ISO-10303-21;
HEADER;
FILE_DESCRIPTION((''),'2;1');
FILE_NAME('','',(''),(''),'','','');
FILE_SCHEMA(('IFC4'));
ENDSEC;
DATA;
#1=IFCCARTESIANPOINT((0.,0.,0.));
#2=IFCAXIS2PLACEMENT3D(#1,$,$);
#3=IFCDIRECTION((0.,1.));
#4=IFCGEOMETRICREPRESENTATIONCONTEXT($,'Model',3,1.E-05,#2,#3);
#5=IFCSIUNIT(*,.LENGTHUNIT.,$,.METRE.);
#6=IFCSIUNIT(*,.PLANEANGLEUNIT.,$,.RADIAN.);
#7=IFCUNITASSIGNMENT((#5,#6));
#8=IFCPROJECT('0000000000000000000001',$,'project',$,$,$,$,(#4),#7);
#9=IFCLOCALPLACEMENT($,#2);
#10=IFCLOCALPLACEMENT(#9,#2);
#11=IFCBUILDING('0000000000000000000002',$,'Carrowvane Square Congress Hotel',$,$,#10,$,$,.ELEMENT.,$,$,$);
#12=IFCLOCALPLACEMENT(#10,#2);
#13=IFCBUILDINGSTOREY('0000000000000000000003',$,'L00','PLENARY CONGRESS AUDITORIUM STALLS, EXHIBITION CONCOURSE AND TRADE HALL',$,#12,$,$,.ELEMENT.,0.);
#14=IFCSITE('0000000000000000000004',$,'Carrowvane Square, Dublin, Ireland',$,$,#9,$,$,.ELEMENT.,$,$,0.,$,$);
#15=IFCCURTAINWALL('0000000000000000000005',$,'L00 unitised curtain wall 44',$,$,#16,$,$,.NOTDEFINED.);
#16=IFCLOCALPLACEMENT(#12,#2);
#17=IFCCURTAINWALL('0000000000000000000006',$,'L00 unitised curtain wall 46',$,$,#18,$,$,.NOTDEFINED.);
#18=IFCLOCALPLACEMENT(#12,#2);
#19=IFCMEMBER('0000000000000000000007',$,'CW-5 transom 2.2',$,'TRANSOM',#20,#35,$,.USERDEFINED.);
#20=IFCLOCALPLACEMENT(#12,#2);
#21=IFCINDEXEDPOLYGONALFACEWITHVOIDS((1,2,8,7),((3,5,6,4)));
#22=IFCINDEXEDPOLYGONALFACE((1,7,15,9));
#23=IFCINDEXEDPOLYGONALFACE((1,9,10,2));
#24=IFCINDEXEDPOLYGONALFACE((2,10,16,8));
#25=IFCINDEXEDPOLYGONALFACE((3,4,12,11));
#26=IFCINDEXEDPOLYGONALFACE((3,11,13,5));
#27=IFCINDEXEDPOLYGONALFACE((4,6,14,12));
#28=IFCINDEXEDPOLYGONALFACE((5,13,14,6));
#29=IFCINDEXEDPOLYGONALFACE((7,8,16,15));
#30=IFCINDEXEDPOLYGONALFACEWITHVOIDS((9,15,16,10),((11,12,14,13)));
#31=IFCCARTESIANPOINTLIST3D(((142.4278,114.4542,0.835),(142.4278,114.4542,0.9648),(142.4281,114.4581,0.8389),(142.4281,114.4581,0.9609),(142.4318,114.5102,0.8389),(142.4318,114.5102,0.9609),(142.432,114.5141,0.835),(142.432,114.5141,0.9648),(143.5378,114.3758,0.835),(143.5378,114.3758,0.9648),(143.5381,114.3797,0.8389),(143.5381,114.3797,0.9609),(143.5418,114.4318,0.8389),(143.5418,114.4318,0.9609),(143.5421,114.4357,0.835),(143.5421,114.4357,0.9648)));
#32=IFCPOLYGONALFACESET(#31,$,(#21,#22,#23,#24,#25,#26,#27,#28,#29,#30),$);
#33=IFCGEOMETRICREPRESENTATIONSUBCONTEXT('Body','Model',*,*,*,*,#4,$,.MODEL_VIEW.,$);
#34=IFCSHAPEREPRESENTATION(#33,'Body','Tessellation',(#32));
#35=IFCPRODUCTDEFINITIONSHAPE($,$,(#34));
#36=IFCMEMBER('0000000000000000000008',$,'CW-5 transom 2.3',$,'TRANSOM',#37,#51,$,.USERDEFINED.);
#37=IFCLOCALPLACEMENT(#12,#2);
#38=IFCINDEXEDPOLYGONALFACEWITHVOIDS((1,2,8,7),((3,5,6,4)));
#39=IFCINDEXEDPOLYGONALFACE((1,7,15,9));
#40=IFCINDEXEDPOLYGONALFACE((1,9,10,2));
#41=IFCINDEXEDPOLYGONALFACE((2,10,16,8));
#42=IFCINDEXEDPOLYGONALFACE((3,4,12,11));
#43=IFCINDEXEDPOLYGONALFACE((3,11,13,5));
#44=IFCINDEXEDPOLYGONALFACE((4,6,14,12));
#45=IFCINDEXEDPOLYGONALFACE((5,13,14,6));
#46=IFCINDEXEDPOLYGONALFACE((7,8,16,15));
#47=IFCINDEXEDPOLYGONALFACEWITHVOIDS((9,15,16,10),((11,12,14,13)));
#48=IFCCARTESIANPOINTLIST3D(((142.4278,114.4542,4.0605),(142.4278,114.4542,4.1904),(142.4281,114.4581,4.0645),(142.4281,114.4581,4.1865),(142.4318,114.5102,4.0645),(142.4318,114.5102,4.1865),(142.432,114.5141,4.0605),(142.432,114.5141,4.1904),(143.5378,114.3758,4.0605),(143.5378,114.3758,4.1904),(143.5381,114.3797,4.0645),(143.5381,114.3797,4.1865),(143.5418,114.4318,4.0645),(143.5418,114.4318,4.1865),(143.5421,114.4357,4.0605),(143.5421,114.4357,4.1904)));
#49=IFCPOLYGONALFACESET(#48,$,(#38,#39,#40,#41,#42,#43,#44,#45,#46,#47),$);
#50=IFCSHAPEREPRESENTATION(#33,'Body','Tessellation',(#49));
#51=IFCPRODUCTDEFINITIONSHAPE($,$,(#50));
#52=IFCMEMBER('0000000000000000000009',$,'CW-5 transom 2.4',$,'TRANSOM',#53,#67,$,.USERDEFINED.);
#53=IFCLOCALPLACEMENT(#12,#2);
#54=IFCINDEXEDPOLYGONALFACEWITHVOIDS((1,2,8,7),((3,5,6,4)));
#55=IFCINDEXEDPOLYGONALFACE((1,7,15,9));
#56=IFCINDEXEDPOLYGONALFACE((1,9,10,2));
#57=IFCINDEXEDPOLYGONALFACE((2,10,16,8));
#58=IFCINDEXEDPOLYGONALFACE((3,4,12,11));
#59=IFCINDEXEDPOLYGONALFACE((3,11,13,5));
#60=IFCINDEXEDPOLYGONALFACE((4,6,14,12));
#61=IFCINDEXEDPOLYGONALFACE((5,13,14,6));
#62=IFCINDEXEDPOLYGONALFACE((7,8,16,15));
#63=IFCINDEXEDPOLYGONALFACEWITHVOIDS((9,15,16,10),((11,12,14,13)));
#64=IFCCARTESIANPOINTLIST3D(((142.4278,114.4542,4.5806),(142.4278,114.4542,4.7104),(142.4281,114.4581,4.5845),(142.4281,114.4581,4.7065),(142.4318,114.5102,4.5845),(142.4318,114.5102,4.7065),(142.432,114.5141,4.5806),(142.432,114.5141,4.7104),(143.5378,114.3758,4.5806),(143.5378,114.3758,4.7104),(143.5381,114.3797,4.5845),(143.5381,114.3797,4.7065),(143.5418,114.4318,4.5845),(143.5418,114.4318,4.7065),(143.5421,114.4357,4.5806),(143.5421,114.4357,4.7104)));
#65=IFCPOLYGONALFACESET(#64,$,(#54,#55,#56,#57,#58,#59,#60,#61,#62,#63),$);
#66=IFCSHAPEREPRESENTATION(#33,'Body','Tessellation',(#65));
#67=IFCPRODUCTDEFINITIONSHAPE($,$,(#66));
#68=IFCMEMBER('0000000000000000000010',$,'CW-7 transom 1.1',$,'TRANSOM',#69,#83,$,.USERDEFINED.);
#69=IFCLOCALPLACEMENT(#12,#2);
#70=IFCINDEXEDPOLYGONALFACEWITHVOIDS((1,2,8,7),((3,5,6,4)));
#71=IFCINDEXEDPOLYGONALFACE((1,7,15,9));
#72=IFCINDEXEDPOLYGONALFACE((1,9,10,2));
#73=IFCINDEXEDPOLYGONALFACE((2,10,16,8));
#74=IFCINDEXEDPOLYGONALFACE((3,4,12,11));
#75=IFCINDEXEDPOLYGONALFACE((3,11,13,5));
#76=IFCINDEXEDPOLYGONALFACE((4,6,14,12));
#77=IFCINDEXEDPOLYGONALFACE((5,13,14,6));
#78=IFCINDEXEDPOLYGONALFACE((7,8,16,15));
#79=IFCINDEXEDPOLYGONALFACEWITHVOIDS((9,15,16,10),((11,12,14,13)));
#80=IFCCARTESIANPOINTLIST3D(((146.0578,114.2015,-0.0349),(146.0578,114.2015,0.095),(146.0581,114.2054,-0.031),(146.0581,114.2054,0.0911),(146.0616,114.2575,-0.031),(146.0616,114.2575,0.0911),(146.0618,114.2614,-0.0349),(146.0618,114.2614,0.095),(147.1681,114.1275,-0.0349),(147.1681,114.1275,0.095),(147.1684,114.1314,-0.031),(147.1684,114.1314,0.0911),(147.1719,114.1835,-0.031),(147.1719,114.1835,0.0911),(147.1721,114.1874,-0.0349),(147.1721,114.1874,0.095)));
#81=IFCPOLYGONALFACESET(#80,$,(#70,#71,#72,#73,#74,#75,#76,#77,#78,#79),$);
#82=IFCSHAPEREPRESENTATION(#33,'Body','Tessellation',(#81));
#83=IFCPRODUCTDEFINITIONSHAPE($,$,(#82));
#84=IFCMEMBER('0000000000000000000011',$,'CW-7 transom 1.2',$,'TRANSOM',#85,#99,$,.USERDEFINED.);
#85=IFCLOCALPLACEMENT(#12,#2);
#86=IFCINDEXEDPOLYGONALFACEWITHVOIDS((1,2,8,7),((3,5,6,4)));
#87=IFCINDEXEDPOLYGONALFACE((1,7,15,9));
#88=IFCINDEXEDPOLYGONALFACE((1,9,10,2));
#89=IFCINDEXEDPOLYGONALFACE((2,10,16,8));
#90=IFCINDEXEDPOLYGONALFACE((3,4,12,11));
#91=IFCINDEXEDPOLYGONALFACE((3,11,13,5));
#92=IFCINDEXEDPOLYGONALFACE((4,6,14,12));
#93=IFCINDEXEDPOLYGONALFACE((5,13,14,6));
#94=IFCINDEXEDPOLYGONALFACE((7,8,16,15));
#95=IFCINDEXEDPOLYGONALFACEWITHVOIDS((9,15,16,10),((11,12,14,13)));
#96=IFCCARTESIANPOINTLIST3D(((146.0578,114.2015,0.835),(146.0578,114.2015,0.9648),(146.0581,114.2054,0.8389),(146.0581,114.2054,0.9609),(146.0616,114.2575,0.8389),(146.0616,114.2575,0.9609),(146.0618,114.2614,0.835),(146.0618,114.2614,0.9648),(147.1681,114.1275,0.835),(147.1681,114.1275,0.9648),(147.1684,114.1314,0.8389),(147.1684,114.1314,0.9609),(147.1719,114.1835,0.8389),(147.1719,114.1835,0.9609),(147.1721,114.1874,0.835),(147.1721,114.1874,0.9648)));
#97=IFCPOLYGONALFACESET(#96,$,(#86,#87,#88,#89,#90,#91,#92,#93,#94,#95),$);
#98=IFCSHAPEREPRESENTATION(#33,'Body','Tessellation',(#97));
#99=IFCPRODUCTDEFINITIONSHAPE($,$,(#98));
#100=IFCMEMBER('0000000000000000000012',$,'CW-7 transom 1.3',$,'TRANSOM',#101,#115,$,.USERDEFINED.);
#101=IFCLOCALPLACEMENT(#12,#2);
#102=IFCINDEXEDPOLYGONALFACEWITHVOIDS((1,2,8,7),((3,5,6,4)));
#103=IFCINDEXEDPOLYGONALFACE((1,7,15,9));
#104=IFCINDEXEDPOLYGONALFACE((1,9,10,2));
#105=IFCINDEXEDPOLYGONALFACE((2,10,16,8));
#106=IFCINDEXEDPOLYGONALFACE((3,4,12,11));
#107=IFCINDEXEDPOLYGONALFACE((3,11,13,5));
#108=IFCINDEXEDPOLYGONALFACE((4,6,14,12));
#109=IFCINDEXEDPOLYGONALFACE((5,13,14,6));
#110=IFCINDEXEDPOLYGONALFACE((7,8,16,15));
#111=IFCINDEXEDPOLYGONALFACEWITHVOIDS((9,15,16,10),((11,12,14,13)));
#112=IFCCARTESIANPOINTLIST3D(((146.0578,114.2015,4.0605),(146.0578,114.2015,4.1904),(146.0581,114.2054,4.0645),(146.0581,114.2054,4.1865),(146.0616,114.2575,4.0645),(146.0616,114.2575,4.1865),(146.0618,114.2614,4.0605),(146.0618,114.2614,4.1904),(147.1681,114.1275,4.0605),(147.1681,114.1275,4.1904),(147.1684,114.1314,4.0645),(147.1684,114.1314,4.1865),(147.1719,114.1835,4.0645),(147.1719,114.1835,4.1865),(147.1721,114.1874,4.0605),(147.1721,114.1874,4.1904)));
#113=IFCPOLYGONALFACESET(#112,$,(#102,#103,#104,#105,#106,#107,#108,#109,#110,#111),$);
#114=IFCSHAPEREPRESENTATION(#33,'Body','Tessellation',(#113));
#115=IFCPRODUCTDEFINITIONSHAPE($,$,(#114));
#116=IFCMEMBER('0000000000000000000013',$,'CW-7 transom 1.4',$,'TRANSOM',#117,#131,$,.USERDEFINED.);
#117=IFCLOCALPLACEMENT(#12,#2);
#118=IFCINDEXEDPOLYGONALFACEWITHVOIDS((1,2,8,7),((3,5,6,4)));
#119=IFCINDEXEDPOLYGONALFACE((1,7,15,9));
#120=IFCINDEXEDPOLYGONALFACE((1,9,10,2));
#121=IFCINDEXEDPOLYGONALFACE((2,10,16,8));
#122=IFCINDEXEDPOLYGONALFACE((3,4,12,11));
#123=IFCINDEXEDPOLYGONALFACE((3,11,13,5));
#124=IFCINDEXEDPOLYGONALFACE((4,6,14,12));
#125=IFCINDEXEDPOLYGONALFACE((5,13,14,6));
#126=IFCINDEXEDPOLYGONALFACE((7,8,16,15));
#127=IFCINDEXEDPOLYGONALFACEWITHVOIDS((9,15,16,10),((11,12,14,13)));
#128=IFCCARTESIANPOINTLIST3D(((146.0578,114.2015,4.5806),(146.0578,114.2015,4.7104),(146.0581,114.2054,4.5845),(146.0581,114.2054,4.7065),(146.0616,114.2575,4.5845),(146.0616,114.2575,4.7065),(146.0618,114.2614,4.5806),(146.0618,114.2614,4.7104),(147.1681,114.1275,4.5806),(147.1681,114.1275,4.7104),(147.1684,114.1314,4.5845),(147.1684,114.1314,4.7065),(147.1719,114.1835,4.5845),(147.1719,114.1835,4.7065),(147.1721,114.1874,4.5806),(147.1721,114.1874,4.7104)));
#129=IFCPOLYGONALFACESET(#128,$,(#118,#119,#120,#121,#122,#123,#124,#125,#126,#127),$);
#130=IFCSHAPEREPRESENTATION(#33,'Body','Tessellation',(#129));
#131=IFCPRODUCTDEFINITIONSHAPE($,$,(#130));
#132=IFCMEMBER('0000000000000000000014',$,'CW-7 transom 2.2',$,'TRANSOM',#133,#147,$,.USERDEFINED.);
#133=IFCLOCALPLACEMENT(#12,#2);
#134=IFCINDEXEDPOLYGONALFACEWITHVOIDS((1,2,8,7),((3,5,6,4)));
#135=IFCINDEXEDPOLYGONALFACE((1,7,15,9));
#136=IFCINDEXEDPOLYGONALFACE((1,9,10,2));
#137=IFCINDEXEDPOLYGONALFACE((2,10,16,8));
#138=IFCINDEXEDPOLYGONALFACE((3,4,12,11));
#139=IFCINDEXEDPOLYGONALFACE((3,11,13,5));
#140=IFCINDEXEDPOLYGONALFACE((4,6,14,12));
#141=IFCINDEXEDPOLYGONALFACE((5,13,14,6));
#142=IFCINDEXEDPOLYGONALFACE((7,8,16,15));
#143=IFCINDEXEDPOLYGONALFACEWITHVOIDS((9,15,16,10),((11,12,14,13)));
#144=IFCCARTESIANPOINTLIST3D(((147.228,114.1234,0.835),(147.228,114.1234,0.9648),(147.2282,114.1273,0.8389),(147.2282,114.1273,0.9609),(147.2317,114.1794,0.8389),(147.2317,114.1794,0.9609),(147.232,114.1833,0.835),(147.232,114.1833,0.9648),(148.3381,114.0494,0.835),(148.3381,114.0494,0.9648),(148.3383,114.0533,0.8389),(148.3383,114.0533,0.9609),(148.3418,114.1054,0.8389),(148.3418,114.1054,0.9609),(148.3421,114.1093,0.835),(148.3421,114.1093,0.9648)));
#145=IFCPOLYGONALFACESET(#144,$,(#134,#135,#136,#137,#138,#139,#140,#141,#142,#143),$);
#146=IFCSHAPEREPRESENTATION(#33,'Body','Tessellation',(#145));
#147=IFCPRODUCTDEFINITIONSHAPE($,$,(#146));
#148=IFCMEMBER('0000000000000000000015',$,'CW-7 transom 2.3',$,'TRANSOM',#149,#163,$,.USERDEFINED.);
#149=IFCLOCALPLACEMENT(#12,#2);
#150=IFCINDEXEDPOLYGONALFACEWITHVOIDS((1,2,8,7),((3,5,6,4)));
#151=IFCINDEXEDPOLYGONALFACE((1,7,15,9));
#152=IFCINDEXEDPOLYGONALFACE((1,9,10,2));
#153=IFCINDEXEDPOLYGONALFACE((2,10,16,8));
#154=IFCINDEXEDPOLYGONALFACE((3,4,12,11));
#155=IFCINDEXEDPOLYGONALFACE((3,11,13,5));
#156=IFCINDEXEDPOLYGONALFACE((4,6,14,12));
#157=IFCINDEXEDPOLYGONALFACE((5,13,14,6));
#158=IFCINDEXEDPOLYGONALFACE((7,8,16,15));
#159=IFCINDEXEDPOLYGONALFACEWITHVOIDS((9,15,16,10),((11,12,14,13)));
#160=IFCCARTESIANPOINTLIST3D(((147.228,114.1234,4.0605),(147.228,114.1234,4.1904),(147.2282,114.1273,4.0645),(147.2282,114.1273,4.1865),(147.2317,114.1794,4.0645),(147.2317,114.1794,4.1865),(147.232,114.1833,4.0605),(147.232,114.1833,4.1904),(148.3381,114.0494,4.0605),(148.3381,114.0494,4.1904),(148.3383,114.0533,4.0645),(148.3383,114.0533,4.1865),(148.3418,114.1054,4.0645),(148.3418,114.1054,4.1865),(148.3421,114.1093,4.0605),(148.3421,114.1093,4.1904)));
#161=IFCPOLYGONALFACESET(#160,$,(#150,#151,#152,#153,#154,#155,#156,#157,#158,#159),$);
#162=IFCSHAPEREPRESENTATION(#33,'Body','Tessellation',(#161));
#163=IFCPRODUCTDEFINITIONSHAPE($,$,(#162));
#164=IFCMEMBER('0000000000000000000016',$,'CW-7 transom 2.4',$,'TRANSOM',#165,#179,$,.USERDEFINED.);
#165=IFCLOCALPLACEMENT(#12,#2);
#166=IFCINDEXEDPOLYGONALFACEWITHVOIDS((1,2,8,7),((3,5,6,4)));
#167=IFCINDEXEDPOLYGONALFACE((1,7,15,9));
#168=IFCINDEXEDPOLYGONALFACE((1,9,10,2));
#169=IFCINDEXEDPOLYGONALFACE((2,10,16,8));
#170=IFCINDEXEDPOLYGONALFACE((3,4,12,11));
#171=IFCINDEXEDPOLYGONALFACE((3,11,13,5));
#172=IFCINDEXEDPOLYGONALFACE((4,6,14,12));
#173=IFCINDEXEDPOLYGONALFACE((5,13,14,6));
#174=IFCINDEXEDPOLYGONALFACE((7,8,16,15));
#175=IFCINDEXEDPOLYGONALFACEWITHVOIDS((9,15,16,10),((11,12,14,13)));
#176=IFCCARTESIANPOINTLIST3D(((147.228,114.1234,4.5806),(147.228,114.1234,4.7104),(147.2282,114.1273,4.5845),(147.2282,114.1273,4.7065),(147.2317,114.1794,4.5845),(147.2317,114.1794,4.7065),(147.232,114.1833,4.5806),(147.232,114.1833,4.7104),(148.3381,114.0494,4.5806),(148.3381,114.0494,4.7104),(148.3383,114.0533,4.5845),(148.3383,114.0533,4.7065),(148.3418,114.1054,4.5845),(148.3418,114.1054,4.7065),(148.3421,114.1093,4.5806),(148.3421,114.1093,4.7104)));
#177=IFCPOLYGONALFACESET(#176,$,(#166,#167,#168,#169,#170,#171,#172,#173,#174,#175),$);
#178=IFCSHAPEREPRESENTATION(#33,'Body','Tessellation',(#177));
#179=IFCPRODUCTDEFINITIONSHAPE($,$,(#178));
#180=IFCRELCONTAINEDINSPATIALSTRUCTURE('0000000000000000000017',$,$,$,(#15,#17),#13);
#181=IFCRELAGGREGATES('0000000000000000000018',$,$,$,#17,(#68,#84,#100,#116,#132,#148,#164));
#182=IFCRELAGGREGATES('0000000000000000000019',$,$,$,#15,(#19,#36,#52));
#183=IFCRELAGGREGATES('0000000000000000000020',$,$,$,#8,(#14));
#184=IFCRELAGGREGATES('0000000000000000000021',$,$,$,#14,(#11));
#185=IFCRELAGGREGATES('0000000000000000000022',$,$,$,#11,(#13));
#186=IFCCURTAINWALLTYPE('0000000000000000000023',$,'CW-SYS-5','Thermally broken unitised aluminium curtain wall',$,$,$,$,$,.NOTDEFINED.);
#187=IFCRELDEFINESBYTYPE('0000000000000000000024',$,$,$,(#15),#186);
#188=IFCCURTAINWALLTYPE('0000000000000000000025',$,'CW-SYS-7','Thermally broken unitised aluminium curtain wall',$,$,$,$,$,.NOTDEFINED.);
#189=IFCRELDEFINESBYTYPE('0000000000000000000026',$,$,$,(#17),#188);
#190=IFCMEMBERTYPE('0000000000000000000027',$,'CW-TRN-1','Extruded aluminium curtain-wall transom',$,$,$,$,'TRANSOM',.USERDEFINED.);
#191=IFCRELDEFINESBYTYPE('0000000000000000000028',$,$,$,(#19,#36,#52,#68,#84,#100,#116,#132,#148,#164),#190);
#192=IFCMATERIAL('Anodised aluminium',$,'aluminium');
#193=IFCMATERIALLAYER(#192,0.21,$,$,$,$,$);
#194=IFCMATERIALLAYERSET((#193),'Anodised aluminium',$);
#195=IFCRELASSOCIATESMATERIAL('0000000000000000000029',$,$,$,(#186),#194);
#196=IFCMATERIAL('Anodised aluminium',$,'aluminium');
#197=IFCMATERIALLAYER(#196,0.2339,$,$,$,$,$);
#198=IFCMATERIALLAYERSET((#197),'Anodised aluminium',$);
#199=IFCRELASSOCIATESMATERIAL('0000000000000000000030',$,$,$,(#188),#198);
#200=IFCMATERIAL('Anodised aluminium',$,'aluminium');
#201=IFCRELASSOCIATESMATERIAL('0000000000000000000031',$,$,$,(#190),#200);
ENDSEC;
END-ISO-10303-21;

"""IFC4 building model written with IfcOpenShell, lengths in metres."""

from ifc_helpers import new_model, si_unit, direction, frame, origin, origin_2d, place, context, subcontext, project, spatial, hollow_rectangle, extrude, material, layer, layer_set, material_profile, profile_set, type_object, element, aggregate, save


model = new_model("IFC4")

# Units and contexts
model_context = context("Model", 3, precision=1e-05, world=origin(), true_north=direction((0.0, 1.0)))
body_context = subcontext(model_context, "Body", "Model", "MODEL_VIEW")
ifc_project = project(units=[si_unit("LENGTHUNIT", "METRE"), si_unit("PLANEANGLEUNIT", "RADIAN")], contexts=[model_context])

# Site, building, storey
site_placement = place(None, origin())
site = spatial("IfcSite", under=ifc_project, at=site_placement, Name="Carrowvane Square, Dublin, Ireland", CompositionType="ELEMENT", RefElevation=0.0)
building_placement = place(site_placement, origin())
building = spatial("IfcBuilding", under=site, at=building_placement, Name="Carrowvane Square Congress Hotel", CompositionType="ELEMENT")
storey_placement = place(building_placement, origin())
storey = spatial("IfcBuildingStorey", under=building, at=storey_placement, Name="L00", Description="PLENARY CONGRESS AUDITORIUM STALLS, EXHIBITION CONCOURSE AND TRADE HALL", CompositionType="ELEMENT", Elevation=0.0)

# Curtain walls
ifc_material_1 = material(Name="Anodised aluminium", Category="aluminium")
ifc_layer_1 = layer(ifc_material_1, 0.21)
ifc_layer_set_1 = layer_set([ifc_layer_1], Name="Anodised aluminium")
curtain_wall_type_1 = type_object("IfcCurtainWallType", Name="CW-SYS-5", Description="Thermally broken unitised aluminium curtain wall", PredefinedType="NOTDEFINED", material=ifc_layer_set_1)
curtain_wall_1_placement = place(storey_placement, origin())
curtain_wall_1 = element("IfcCurtainWall", 1, at=curtain_wall_1_placement, inside=storey, type_object=curtain_wall_type_1, Name="L00 unitised curtain wall 44", PredefinedType="NOTDEFINED")
ifc_material_2 = material(Name="Anodised aluminium", Category="aluminium")
ifc_layer_2 = layer(ifc_material_2, 0.2339)
ifc_layer_set_2 = layer_set([ifc_layer_2], Name="Anodised aluminium")
curtain_wall_type_2 = type_object("IfcCurtainWallType", Name="CW-SYS-7", Description="Thermally broken unitised aluminium curtain wall", PredefinedType="NOTDEFINED", material=ifc_layer_set_2)
curtain_wall_2_placement = place(storey_placement, origin())
curtain_wall_2 = element("IfcCurtainWall", 2, at=curtain_wall_2_placement, inside=storey, type_object=curtain_wall_type_2, Name="L00 unitised curtain wall 46", PredefinedType="NOTDEFINED")

# Members
ifc_material_3 = material(Name="Anodised aluminium", Category="aluminium")
ifc_material_profile_1 = material_profile(ifc_material_3, hollow_rectangle(XDim=0.0601, YDim=0.1299, WallThickness=0.0039, at=origin_2d()), Name="CW-TR 60x130x4")
ifc_profile_set_1 = profile_set([ifc_material_profile_1], Name="Anodised aluminium")
member_type_1 = type_object("IfcMemberType", Name="CW-TRN-1", Description="Extruded aluminium curtain-wall transom", ElementType="TRANSOM", PredefinedType="USERDEFINED", material=ifc_profile_set_1)
member_1_placement = place(storey_placement, frame((142.4299, 114.4841, 0.8999), z_axis=(0.997517, -0.070421, 0.0), x_axis=(0.070421, 0.997517, 0.0)))
member_1 = element("IfcMember", 3, at=member_1_placement, type_object=member_type_1, Name="CW-5 transom 2.2", ObjectType="TRANSOM", PredefinedType="USERDEFINED", context=body_context, shape_type="SweptSolid", body=[
    extrude(hollow_rectangle(XDim=0.0601, YDim=0.1299, WallThickness=0.0039, at=origin_2d()), origin(), (0.0, 0.0, 1.0), 1.1128),
])
member_2_placement = place(storey_placement, frame((142.4299, 114.4841, 4.1255), z_axis=(0.997517, -0.070421, 0.0), x_axis=(0.070421, 0.997517, 0.0)))
member_2 = element("IfcMember", 4, at=member_2_placement, type_object=member_type_1, Name="CW-5 transom 2.3", ObjectType="TRANSOM", PredefinedType="USERDEFINED", context=body_context, shape_type="SweptSolid", body=[
    extrude(hollow_rectangle(XDim=0.0601, YDim=0.1299, WallThickness=0.0039, at=origin_2d()), origin(), (0.0, 0.0, 1.0), 1.1128),
])
member_3_placement = place(storey_placement, frame((142.4299, 114.4841, 4.6455), z_axis=(0.997517, -0.070421, 0.0), x_axis=(0.070421, 0.997517, 0.0)))
member_3 = element("IfcMember", 5, at=member_3_placement, type_object=member_type_1, Name="CW-5 transom 2.4", ObjectType="TRANSOM", PredefinedType="USERDEFINED", context=body_context, shape_type="SweptSolid", body=[
    extrude(hollow_rectangle(XDim=0.0601, YDim=0.1299, WallThickness=0.0039, at=origin_2d()), origin(), (0.0, 0.0, 1.0), 1.1128),
])
member_4_placement = place(storey_placement, frame((146.0598, 114.2314, 0.03), z_axis=(0.997788, -0.066475, 0.0), x_axis=(0.066475, 0.997788, 0.0)))
member_4 = element("IfcMember", 6, at=member_4_placement, type_object=member_type_1, Name="CW-7 transom 1.1", ObjectType="TRANSOM", PredefinedType="USERDEFINED", context=body_context, shape_type="SweptSolid", body=[
    extrude(hollow_rectangle(XDim=0.0601, YDim=0.1299, WallThickness=0.0039, at=origin_2d()), origin(), (0.0, 0.0, 1.0), 1.1128),
])
member_5_placement = place(storey_placement, frame((146.0598, 114.2314, 0.8999), z_axis=(0.997788, -0.066475, 0.0), x_axis=(0.066475, 0.997788, 0.0)))
member_5 = element("IfcMember", 7, at=member_5_placement, type_object=member_type_1, Name="CW-7 transom 1.2", ObjectType="TRANSOM", PredefinedType="USERDEFINED", context=body_context, shape_type="SweptSolid", body=[
    extrude(hollow_rectangle(XDim=0.0601, YDim=0.1299, WallThickness=0.0039, at=origin_2d()), origin(), (0.0, 0.0, 1.0), 1.1128),
])
member_6_placement = place(storey_placement, frame((146.0598, 114.2314, 4.1255), z_axis=(0.997788, -0.066475, 0.0), x_axis=(0.066475, 0.997788, 0.0)))
member_6 = element("IfcMember", 8, at=member_6_placement, type_object=member_type_1, Name="CW-7 transom 1.3", ObjectType="TRANSOM", PredefinedType="USERDEFINED", context=body_context, shape_type="SweptSolid", body=[
    extrude(hollow_rectangle(XDim=0.0601, YDim=0.1299, WallThickness=0.0039, at=origin_2d()), origin(), (0.0, 0.0, 1.0), 1.1128),
])
member_7_placement = place(storey_placement, frame((146.0598, 114.2314, 4.6455), z_axis=(0.997788, -0.066475, 0.0), x_axis=(0.066475, 0.997788, 0.0)))
member_7 = element("IfcMember", 9, at=member_7_placement, type_object=member_type_1, Name="CW-7 transom 1.4", ObjectType="TRANSOM", PredefinedType="USERDEFINED", context=body_context, shape_type="SweptSolid", body=[
    extrude(hollow_rectangle(XDim=0.0601, YDim=0.1299, WallThickness=0.0039, at=origin_2d()), origin(), (0.0, 0.0, 1.0), 1.1128),
])
member_8_placement = place(storey_placement, frame((147.23, 114.1533, 0.8999), z_axis=(0.997787, -0.06649, 0.0), x_axis=(0.06649, 0.997787, 0.0)))
member_8 = element("IfcMember", 10, at=member_8_placement, type_object=member_type_1, Name="CW-7 transom 2.2", ObjectType="TRANSOM", PredefinedType="USERDEFINED", context=body_context, shape_type="SweptSolid", body=[
    extrude(hollow_rectangle(XDim=0.0601, YDim=0.1299, WallThickness=0.0039, at=origin_2d()), origin(), (0.0, 0.0, 1.0), 1.1125),
])
member_9_placement = place(storey_placement, frame((147.23, 114.1533, 4.1255), z_axis=(0.997787, -0.06649, 0.0), x_axis=(0.06649, 0.997787, 0.0)))
member_9 = element("IfcMember", 11, at=member_9_placement, type_object=member_type_1, Name="CW-7 transom 2.3", ObjectType="TRANSOM", PredefinedType="USERDEFINED", context=body_context, shape_type="SweptSolid", body=[
    extrude(hollow_rectangle(XDim=0.0601, YDim=0.1299, WallThickness=0.0039, at=origin_2d()), origin(), (0.0, 0.0, 1.0), 1.1125),
])
member_10_placement = place(storey_placement, frame((147.23, 114.1533, 4.6455), z_axis=(0.997787, -0.06649, 0.0), x_axis=(0.06649, 0.997787, 0.0)))
member_10 = element("IfcMember", 12, at=member_10_placement, type_object=member_type_1, Name="CW-7 transom 2.4", ObjectType="TRANSOM", PredefinedType="USERDEFINED", context=body_context, shape_type="SweptSolid", body=[
    extrude(hollow_rectangle(XDim=0.0601, YDim=0.1299, WallThickness=0.0039, at=origin_2d()), origin(), (0.0, 0.0, 1.0), 1.1125),
])

aggregate(curtain_wall_2, [member_4, member_5, member_6, member_7, member_8, member_9, member_10])
aggregate(curtain_wall_1, [member_1, member_2, member_3])

save(model, "model.ifc")
